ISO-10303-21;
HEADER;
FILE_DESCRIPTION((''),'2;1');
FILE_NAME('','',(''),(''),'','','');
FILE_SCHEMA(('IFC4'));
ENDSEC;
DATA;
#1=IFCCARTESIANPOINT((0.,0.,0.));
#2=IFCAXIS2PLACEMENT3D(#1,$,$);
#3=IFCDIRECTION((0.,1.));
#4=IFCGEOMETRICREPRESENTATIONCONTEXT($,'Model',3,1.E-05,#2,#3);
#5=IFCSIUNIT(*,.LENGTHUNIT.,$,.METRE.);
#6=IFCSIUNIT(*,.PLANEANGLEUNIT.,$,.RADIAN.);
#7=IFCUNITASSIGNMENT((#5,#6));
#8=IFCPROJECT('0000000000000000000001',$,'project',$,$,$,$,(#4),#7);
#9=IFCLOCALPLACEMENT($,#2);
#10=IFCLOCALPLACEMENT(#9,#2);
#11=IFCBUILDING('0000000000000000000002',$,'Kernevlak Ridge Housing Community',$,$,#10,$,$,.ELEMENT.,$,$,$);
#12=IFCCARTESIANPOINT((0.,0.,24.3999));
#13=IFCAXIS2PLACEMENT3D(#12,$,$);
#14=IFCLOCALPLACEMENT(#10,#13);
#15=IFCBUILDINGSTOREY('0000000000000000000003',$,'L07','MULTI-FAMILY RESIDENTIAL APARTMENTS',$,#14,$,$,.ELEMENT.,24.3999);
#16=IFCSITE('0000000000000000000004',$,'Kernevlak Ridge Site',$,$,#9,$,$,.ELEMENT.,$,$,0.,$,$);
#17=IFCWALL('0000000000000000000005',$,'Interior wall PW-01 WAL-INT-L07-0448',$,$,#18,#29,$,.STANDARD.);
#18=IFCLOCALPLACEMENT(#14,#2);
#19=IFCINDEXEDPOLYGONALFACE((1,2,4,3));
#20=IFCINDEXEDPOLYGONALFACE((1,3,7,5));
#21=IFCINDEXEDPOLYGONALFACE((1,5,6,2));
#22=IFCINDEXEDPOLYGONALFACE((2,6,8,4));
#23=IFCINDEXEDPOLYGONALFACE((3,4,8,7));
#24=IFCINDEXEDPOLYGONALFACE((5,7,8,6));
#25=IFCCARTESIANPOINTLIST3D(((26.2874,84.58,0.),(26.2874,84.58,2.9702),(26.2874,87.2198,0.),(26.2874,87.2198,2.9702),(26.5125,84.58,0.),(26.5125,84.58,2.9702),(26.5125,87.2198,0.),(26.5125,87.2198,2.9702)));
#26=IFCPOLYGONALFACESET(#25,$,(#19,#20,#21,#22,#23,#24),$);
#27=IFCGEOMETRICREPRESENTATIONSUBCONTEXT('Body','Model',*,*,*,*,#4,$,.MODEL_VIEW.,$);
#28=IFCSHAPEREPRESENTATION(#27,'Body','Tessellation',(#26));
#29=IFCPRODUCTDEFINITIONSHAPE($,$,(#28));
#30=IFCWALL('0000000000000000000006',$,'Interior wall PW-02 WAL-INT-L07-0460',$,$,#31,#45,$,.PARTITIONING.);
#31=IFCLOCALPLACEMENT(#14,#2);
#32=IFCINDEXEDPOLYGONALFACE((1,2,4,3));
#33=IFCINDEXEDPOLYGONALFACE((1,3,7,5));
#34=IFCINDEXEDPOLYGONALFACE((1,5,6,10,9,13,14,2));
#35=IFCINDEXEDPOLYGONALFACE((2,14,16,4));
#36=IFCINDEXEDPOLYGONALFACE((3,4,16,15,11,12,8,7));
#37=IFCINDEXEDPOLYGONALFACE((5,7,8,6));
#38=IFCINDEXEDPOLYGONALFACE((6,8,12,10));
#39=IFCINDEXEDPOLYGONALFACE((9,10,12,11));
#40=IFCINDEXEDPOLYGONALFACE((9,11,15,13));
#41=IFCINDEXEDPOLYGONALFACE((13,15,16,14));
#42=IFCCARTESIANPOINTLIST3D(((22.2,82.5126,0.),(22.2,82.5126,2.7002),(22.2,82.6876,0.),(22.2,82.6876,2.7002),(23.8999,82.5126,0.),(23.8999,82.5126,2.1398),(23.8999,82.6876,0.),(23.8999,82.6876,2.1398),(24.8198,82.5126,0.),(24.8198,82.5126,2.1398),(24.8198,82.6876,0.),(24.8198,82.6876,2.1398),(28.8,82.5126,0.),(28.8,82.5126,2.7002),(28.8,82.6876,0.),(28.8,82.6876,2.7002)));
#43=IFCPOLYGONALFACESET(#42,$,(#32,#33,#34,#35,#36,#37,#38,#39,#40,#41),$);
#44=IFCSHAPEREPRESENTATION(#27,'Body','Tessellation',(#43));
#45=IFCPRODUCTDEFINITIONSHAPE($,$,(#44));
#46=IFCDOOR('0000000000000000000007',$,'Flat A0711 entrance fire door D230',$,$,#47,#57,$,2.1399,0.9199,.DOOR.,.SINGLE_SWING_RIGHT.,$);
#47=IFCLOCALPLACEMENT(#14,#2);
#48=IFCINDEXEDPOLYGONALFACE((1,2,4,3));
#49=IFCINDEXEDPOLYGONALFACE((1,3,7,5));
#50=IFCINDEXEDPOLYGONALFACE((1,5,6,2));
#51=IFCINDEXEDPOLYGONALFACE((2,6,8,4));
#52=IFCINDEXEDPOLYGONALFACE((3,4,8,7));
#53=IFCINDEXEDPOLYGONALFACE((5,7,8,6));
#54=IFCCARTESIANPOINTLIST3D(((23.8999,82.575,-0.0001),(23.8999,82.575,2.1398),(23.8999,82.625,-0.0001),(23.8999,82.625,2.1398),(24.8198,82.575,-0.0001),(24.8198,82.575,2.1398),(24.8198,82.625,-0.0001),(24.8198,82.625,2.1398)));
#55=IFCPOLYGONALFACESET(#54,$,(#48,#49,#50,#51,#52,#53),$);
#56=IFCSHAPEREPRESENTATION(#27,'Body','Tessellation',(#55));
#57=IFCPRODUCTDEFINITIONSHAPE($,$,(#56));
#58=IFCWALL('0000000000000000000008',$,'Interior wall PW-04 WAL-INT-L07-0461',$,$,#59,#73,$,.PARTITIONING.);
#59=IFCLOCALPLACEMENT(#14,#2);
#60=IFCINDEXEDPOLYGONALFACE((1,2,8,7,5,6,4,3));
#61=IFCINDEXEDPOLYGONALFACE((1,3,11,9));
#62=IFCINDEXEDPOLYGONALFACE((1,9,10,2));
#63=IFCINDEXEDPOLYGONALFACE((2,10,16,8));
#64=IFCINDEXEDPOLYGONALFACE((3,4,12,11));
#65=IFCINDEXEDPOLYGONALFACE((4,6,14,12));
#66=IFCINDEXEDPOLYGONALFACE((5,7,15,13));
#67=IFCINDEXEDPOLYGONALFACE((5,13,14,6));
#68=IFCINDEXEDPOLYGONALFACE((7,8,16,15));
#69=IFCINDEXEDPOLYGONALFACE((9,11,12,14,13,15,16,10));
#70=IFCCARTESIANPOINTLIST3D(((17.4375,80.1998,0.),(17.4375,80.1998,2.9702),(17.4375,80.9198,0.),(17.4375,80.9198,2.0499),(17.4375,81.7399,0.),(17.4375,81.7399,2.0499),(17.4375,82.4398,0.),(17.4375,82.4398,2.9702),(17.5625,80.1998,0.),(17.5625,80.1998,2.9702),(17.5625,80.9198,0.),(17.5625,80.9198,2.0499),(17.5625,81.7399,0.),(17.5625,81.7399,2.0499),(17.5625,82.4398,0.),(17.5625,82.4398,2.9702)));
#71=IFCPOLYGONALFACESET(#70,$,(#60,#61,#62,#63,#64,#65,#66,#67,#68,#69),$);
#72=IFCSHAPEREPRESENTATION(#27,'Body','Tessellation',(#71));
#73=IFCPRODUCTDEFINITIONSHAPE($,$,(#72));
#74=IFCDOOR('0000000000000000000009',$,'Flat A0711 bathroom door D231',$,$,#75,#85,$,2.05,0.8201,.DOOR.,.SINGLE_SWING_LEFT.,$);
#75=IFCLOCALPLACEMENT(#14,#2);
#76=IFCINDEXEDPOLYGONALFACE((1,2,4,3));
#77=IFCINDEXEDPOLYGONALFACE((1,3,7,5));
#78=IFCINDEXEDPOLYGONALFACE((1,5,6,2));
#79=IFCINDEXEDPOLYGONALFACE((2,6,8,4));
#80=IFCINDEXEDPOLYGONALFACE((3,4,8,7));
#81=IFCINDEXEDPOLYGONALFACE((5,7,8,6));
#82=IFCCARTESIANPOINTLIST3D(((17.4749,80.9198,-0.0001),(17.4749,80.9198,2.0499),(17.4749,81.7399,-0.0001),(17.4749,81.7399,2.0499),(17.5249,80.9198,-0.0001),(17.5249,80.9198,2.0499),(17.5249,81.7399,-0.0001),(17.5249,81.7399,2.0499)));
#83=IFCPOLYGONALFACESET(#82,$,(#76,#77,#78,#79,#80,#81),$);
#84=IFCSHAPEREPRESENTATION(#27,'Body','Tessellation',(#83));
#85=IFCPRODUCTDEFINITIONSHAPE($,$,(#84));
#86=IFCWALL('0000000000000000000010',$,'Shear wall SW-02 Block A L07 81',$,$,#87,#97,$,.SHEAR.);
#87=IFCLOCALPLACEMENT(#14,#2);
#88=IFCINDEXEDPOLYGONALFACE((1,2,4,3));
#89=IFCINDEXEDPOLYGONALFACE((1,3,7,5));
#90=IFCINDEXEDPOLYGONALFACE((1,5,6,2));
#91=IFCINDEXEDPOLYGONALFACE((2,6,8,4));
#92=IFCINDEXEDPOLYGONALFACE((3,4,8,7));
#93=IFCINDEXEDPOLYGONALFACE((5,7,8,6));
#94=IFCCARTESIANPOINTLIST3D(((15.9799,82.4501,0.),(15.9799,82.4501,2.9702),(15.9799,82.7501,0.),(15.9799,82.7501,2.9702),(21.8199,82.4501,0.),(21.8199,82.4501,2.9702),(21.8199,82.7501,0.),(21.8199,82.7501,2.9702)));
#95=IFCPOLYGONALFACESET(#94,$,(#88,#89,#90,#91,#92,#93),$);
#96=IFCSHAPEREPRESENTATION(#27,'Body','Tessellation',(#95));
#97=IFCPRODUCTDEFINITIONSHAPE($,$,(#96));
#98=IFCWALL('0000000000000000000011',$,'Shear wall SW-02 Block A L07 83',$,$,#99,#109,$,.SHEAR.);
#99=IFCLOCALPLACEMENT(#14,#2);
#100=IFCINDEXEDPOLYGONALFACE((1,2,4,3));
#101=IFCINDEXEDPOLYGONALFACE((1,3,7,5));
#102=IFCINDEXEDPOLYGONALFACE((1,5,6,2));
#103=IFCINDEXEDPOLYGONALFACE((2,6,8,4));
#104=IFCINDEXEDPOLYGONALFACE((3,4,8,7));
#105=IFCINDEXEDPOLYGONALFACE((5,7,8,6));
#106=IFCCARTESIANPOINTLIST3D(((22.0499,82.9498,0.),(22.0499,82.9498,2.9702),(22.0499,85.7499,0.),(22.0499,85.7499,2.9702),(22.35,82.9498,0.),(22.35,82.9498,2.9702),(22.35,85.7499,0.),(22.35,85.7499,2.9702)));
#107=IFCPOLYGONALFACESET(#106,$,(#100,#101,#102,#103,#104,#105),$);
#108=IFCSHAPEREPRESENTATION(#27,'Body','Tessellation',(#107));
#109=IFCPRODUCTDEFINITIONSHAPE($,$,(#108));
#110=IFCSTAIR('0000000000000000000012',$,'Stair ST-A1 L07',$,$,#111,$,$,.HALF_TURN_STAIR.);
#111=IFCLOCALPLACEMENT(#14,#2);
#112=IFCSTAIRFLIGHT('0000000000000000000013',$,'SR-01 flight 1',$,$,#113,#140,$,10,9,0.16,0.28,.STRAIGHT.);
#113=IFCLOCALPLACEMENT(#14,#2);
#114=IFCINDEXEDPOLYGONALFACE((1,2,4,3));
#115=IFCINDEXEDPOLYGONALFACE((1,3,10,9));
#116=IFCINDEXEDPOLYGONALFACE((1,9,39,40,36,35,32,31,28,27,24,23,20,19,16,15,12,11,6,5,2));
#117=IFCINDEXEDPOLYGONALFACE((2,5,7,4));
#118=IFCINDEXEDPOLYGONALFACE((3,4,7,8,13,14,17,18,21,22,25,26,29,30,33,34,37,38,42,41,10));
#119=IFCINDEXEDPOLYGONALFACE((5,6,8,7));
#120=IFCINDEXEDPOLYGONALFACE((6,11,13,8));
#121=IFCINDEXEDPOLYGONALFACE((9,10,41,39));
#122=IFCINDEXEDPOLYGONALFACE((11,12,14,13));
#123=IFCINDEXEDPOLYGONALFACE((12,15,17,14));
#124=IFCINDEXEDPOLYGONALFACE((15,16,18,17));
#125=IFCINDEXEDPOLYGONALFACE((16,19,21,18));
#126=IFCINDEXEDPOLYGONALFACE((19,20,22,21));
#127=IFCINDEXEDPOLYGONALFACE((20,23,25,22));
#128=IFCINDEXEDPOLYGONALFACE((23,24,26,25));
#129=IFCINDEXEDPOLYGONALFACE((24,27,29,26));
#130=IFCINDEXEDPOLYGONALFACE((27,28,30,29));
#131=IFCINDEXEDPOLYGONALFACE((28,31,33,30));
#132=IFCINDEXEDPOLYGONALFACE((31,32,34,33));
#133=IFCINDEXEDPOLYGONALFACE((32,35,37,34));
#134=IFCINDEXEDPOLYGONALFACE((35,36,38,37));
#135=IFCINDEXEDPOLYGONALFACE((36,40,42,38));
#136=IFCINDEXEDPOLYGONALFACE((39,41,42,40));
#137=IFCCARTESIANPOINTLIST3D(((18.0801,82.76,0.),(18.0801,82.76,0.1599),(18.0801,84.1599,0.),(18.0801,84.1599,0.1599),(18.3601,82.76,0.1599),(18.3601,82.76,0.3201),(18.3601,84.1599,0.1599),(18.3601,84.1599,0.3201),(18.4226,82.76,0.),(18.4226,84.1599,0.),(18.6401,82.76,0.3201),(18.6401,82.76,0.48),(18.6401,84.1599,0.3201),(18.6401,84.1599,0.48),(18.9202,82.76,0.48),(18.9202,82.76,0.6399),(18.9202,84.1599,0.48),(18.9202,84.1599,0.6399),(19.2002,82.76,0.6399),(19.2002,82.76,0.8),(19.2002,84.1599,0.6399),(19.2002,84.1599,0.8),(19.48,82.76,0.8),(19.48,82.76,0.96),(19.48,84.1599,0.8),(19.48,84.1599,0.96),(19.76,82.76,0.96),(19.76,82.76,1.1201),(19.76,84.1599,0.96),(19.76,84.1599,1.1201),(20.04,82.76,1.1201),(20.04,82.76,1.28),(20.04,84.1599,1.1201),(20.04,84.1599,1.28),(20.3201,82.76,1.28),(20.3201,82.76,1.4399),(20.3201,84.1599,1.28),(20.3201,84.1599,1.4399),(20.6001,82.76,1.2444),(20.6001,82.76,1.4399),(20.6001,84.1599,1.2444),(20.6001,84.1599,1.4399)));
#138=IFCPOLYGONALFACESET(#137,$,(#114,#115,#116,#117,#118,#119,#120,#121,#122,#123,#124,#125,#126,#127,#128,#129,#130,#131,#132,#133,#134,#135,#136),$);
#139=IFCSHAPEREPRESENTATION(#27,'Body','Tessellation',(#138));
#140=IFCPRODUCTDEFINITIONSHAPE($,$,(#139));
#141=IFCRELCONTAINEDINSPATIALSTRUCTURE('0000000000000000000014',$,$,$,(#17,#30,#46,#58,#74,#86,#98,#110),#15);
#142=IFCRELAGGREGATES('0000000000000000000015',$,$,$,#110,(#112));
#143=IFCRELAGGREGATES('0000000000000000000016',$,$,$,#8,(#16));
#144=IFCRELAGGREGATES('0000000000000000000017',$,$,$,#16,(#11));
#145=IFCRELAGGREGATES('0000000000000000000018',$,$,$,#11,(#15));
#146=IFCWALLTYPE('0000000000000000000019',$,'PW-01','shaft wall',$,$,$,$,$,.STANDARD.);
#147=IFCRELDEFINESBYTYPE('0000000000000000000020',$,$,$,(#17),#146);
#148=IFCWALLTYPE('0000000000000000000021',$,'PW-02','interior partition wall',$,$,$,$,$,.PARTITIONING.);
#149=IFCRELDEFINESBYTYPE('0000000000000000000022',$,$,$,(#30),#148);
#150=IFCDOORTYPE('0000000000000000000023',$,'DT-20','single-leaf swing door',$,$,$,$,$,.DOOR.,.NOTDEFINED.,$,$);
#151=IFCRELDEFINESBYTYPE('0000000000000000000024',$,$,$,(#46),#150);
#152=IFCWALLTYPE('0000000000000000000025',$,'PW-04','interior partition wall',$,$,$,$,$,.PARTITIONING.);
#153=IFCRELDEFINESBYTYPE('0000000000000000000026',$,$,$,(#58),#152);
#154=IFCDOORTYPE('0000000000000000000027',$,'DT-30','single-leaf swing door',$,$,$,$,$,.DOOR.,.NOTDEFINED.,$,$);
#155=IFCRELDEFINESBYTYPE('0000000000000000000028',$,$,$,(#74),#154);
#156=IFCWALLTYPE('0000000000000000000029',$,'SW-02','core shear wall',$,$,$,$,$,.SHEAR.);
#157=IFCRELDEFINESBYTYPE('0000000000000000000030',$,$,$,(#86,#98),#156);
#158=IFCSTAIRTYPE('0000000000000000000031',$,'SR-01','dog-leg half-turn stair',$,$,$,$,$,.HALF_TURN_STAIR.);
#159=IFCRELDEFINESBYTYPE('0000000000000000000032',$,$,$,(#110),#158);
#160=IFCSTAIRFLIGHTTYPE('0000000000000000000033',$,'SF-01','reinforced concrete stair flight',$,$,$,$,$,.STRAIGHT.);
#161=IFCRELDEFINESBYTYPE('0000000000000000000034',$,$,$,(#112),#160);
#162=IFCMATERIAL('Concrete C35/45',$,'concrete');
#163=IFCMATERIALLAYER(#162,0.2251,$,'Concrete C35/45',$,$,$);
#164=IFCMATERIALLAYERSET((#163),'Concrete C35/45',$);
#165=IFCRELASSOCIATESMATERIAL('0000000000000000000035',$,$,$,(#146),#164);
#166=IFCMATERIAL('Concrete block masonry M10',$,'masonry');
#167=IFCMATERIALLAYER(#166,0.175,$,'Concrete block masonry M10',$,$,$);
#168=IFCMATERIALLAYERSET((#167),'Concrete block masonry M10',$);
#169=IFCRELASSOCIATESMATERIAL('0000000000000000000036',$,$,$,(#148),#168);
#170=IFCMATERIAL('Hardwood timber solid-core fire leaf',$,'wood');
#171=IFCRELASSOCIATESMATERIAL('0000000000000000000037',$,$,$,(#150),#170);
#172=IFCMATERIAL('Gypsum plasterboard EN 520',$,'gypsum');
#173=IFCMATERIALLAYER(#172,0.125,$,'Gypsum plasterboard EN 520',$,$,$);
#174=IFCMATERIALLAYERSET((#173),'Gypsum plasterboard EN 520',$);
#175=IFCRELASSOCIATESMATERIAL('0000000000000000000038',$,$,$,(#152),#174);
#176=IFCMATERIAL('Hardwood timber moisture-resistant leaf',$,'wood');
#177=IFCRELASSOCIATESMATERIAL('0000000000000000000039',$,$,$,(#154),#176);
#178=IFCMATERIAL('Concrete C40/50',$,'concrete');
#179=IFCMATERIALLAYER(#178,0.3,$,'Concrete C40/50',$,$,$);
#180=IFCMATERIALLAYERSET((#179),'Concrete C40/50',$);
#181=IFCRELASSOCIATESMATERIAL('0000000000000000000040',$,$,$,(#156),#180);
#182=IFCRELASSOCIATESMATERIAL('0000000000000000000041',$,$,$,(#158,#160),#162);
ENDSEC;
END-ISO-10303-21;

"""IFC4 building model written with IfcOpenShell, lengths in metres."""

from ifc_helpers import new_model, si_unit, direction, frame, frame_2d, origin, place, context, subcontext, project, spatial, polyline, rectangle, outline, extrude, material, layer, layer_set, type_object, element, fill, aggregate, save


model = new_model("IFC4")

# Units and contexts
model_context = context("Model", 3, precision=1e-05, world=origin(), true_north=direction((0.0, 1.0)))
body_context = subcontext(model_context, "Body", "Model", "MODEL_VIEW")
ifc_project = project(units=[si_unit("LENGTHUNIT", "METRE"), si_unit("PLANEANGLEUNIT", "RADIAN")], contexts=[model_context])

# Site, building, storey
site_placement = place(None, origin())
site = spatial("IfcSite", under=ifc_project, at=site_placement, Name="Kernevlak Ridge Site", CompositionType="ELEMENT", RefElevation=0.0)
building_placement = place(site_placement, origin())
building = spatial("IfcBuilding", under=site, at=building_placement, Name="Kernevlak Ridge Housing Community", CompositionType="ELEMENT")
storey_placement = place(building_placement, frame((0.0, 0.0, 24.3999)))
storey = spatial("IfcBuildingStorey", under=building, at=storey_placement, Name="L07", Description="MULTI-FAMILY RESIDENTIAL APARTMENTS", CompositionType="ELEMENT", Elevation=24.3999)

# Shared definitions
ifc_material_1 = material(Name="Concrete C40/50", Category="concrete")

# Shared definitions
ifc_material_2 = material(Name="Concrete C35/45", Category="concrete")

# Shared definitions
ifc_layer_1 = layer(ifc_material_2, 0.2251, Name="Concrete C35/45")
ifc_layer_set_1 = layer_set([ifc_layer_1], Name="Concrete C35/45")
wall_type_1 = type_object("IfcWallType", Name="PW-01", Description="shaft wall", PredefinedType="STANDARD", material=ifc_layer_set_1)

# Wall
for number, where, z_axis, x_axis, name in (
    (1, (26.3999, 84.5801, 0.0), (0.0, 0.0, 1.0), (0.0, 1.0, 0.0), "Interior wall PW-01 WAL-INT-L07-0448"),
):
    element("IfcWall", number, at=place(storey_placement, frame(where, z_axis=z_axis, x_axis=x_axis)), inside=storey, type_object=wall_type_1, Name=name, PredefinedType="STANDARD", context=body_context, shape_type="SweptSolid", body=[
        extrude(rectangle(XDim=2.6399, YDim=0.2251, at=frame_2d((1.3198, 0.0))), origin(), (0.0, 0.0, 1.0), 2.9702),
    ])

# Walls, openings, doors
ifc_material_3 = material(Name="Concrete block masonry M10", Category="masonry")
ifc_layer_2 = layer(ifc_material_3, 0.175, Name="Concrete block masonry M10")
ifc_layer_set_2 = layer_set([ifc_layer_2], Name="Concrete block masonry M10")
wall_type_2 = type_object("IfcWallType", Name="PW-02", Description="interior partition wall", PredefinedType="PARTITIONING", material=ifc_layer_set_2)
wall_1_placement = place(storey_placement, frame((22.2, 82.6001, 0.0), z_axis=(0.0, 0.0, 1.0), x_axis=(1.0, 0.0, 0.0)))
wall_1 = element("IfcWall", 2, at=wall_1_placement, inside=storey, type_object=wall_type_2, Name="Interior wall PW-02 WAL-INT-L07-0460", PredefinedType="PARTITIONING", context=body_context, shape_type="SweptSolid", body=[
    extrude(rectangle(XDim=6.6001, YDim=0.175, at=frame_2d((3.3, 0.0))), origin(), (0.0, 0.0, 1.0), 2.7002),
])
opening_1_placement = place(wall_1_placement, frame((1.7, 0.0, 0.0)))
opening_1 = element("IfcOpeningElement", 3, at=opening_1_placement, cuts=wall_1, PredefinedType="OPENING", context=body_context, shape_type="SweptSolid", body=[
    extrude(rectangle(XDim=0.9199, YDim=2.1399, at=frame_2d((0.46, 1.0698))), frame((0.0, 0.0974, 0.0), z_axis=(0.0, -1.0, 0.0), x_axis=(1.0, 0.0, 0.0)), (0.0, 0.0, 1.0), 0.1951),
])
ifc_material_4 = material(Name="Hardwood timber solid-core fire leaf", Category="wood")
door_type_1 = type_object("IfcDoorType", Name="DT-20", Description="single-leaf swing door", OperationType="NOTDEFINED", PredefinedType="DOOR", material=ifc_material_4)
door_1_placement = place(opening_1_placement, origin())
door_1 = element("IfcDoor", 4, at=door_1_placement, inside=storey, type_object=door_type_1, Name="Flat A0711 entrance fire door D230", OperationType="SINGLE_SWING_RIGHT", OverallHeight=2.1399, OverallWidth=0.9199, PredefinedType="DOOR", context=body_context, shape_type="SweptSolid", body=[
    extrude(rectangle(XDim=0.9199, YDim=2.1399, at=frame_2d((0.46, 1.0698))), frame((0.0, 0.0249, 0.0), z_axis=(0.0, -1.0, 0.0), x_axis=(1.0, 0.0, 0.0)), (0.0, 0.0, 1.0), 0.05),
])
fill(opening_1, door_1)
ifc_material_5 = material(Name="Gypsum plasterboard EN 520", Category="gypsum")
ifc_layer_3 = layer(ifc_material_5, 0.125, Name="Gypsum plasterboard EN 520")
ifc_layer_set_3 = layer_set([ifc_layer_3], Name="Gypsum plasterboard EN 520")
wall_type_3 = type_object("IfcWallType", Name="PW-04", Description="interior partition wall", PredefinedType="PARTITIONING", material=ifc_layer_set_3)
wall_2_placement = place(storey_placement, frame((17.5, 82.4399, 0.0), z_axis=(0.0, 0.0, 1.0), x_axis=(0.0, -1.0, 0.0)))
wall_2 = element("IfcWall", 5, at=wall_2_placement, inside=storey, type_object=wall_type_3, Name="Interior wall PW-04 WAL-INT-L07-0461", PredefinedType="PARTITIONING", context=body_context, shape_type="SweptSolid", body=[
    extrude(rectangle(XDim=2.24, YDim=0.125, at=frame_2d((1.1201, 0.0))), origin(), (0.0, 0.0, 1.0), 2.9702),
])
opening_2_placement = place(wall_2_placement, frame((0.7, 0.0, 0.0)))
opening_2 = element("IfcOpeningElement", 6, at=opening_2_placement, cuts=wall_2, PredefinedType="OPENING", context=body_context, shape_type="SweptSolid", body=[
    extrude(rectangle(XDim=0.8201, YDim=2.05, at=frame_2d((0.4102, 1.0249))), frame((0.0, 0.0725, 0.0), z_axis=(0.0, -1.0, 0.0), x_axis=(1.0, 0.0, 0.0)), (0.0, 0.0, 1.0), 0.145),
])
ifc_material_6 = material(Name="Hardwood timber moisture-resistant leaf", Category="wood")
door_type_2 = type_object("IfcDoorType", Name="DT-30", Description="single-leaf swing door", OperationType="NOTDEFINED", PredefinedType="DOOR", material=ifc_material_6)
door_2_placement = place(opening_2_placement, origin())
door_2 = element("IfcDoor", 7, at=door_2_placement, inside=storey, type_object=door_type_2, Name="Flat A0711 bathroom door D231", OperationType="SINGLE_SWING_LEFT", OverallHeight=2.05, OverallWidth=0.8201, PredefinedType="DOOR", context=body_context, shape_type="SweptSolid", body=[
    extrude(rectangle(XDim=0.8201, YDim=2.05, at=frame_2d((0.4102, 1.0249))), frame((0.0, 0.0249, 0.0), z_axis=(0.0, -1.0, 0.0), x_axis=(1.0, 0.0, 0.0)), (0.0, 0.0, 1.0), 0.05),
])
fill(opening_2, door_2)

# Walls
ifc_layer_4 = layer(ifc_material_1, 0.3, Name="Concrete C40/50")
ifc_layer_set_4 = layer_set([ifc_layer_4], Name="Concrete C40/50")
wall_type_4 = type_object("IfcWallType", Name="SW-02", Description="core shear wall", PredefinedType="SHEAR", material=ifc_layer_set_4)
wall_3_placement = place(storey_placement, frame((15.98, 82.6001, 0.0), z_axis=(0.0, 0.0, 1.0), x_axis=(1.0, 0.0, 0.0)))
element("IfcWall", 8, at=wall_3_placement, inside=storey, type_object=wall_type_4, Name="Shear wall SW-02 Block A L07 81", PredefinedType="SHEAR", context=body_context, shape_type="SweptSolid", body=[
    extrude(rectangle(XDim=5.8401, YDim=0.3, at=frame_2d((2.9199, 0.0))), origin(), (0.0, 0.0, 1.0), 2.9702),
])
wall_4_placement = place(storey_placement, frame((22.2, 82.95, 0.0), z_axis=(0.0, 0.0, 1.0), x_axis=(0.0, 1.0, 0.0)))
element("IfcWall", 9, at=wall_4_placement, inside=storey, type_object=wall_type_4, Name="Shear wall SW-02 Block A L07 83", PredefinedType="SHEAR", context=body_context, shape_type="SweptSolid", body=[
    extrude(rectangle(XDim=2.8, YDim=0.3, at=frame_2d((1.3999, 0.0))), origin(), (0.0, 0.0, 1.0), 2.9702),
])

# Stair, stair flight
stair_type = type_object("IfcStairType", Name="SR-01", Description="dog-leg half-turn stair", PredefinedType="HALF_TURN_STAIR", material=ifc_material_2)
stair_placement = place(storey_placement, origin())
stair = element("IfcStair", 10, at=stair_placement, inside=storey, type_object=stair_type, Name="Stair ST-A1 L07", PredefinedType="HALF_TURN_STAIR")
stair_flight_type = type_object("IfcStairFlightType", Name="SF-01", Description="reinforced concrete stair flight", PredefinedType="STRAIGHT", material=ifc_material_2)
stair_flight_placement = place(storey_placement, frame((18.0801, 83.46, 0.0), z_axis=(0.0, 0.0, 1.0), x_axis=(1.0, 0.0, 0.0)))
stair_flight = element("IfcStairFlight", 11, at=stair_flight_placement, type_object=stair_flight_type, Name="SR-01 flight 1", NumberOfRisers=10, NumberOfTreads=9, PredefinedType="STRAIGHT", RiserHeight=0.16, TreadLength=0.28, context=body_context, shape_type="SweptSolid", body=[
    extrude(outline(polyline([(0.0, 0.0), (0.0, 0.1599), (0.28, 0.1599), (0.28, 0.3201), (0.5601, 0.3201), (0.5601, 0.48), (0.8401, 0.48), (0.8401, 0.6399), (1.1201, 0.6399), (1.1201, 0.8), (1.3999, 0.8), (1.3999, 0.96), (1.6799, 0.96), (1.6799, 1.1201), (1.96, 1.1201), (1.96, 1.28), (2.24, 1.28), (2.24, 1.4399), (2.52, 1.4399), (2.52, 1.6001), (2.52, 1.2444), (0.3425, 0.0), (0.0, 0.0)])), frame((0.0, 0.7, 0.0), z_axis=(0.0, -1.0, 0.0), x_axis=(1.0, 0.0, 0.0)), (0.0, 0.0, 1.0), 1.3999),
])
aggregate(stair, [stair_flight])

save(model, "model.ifc")
